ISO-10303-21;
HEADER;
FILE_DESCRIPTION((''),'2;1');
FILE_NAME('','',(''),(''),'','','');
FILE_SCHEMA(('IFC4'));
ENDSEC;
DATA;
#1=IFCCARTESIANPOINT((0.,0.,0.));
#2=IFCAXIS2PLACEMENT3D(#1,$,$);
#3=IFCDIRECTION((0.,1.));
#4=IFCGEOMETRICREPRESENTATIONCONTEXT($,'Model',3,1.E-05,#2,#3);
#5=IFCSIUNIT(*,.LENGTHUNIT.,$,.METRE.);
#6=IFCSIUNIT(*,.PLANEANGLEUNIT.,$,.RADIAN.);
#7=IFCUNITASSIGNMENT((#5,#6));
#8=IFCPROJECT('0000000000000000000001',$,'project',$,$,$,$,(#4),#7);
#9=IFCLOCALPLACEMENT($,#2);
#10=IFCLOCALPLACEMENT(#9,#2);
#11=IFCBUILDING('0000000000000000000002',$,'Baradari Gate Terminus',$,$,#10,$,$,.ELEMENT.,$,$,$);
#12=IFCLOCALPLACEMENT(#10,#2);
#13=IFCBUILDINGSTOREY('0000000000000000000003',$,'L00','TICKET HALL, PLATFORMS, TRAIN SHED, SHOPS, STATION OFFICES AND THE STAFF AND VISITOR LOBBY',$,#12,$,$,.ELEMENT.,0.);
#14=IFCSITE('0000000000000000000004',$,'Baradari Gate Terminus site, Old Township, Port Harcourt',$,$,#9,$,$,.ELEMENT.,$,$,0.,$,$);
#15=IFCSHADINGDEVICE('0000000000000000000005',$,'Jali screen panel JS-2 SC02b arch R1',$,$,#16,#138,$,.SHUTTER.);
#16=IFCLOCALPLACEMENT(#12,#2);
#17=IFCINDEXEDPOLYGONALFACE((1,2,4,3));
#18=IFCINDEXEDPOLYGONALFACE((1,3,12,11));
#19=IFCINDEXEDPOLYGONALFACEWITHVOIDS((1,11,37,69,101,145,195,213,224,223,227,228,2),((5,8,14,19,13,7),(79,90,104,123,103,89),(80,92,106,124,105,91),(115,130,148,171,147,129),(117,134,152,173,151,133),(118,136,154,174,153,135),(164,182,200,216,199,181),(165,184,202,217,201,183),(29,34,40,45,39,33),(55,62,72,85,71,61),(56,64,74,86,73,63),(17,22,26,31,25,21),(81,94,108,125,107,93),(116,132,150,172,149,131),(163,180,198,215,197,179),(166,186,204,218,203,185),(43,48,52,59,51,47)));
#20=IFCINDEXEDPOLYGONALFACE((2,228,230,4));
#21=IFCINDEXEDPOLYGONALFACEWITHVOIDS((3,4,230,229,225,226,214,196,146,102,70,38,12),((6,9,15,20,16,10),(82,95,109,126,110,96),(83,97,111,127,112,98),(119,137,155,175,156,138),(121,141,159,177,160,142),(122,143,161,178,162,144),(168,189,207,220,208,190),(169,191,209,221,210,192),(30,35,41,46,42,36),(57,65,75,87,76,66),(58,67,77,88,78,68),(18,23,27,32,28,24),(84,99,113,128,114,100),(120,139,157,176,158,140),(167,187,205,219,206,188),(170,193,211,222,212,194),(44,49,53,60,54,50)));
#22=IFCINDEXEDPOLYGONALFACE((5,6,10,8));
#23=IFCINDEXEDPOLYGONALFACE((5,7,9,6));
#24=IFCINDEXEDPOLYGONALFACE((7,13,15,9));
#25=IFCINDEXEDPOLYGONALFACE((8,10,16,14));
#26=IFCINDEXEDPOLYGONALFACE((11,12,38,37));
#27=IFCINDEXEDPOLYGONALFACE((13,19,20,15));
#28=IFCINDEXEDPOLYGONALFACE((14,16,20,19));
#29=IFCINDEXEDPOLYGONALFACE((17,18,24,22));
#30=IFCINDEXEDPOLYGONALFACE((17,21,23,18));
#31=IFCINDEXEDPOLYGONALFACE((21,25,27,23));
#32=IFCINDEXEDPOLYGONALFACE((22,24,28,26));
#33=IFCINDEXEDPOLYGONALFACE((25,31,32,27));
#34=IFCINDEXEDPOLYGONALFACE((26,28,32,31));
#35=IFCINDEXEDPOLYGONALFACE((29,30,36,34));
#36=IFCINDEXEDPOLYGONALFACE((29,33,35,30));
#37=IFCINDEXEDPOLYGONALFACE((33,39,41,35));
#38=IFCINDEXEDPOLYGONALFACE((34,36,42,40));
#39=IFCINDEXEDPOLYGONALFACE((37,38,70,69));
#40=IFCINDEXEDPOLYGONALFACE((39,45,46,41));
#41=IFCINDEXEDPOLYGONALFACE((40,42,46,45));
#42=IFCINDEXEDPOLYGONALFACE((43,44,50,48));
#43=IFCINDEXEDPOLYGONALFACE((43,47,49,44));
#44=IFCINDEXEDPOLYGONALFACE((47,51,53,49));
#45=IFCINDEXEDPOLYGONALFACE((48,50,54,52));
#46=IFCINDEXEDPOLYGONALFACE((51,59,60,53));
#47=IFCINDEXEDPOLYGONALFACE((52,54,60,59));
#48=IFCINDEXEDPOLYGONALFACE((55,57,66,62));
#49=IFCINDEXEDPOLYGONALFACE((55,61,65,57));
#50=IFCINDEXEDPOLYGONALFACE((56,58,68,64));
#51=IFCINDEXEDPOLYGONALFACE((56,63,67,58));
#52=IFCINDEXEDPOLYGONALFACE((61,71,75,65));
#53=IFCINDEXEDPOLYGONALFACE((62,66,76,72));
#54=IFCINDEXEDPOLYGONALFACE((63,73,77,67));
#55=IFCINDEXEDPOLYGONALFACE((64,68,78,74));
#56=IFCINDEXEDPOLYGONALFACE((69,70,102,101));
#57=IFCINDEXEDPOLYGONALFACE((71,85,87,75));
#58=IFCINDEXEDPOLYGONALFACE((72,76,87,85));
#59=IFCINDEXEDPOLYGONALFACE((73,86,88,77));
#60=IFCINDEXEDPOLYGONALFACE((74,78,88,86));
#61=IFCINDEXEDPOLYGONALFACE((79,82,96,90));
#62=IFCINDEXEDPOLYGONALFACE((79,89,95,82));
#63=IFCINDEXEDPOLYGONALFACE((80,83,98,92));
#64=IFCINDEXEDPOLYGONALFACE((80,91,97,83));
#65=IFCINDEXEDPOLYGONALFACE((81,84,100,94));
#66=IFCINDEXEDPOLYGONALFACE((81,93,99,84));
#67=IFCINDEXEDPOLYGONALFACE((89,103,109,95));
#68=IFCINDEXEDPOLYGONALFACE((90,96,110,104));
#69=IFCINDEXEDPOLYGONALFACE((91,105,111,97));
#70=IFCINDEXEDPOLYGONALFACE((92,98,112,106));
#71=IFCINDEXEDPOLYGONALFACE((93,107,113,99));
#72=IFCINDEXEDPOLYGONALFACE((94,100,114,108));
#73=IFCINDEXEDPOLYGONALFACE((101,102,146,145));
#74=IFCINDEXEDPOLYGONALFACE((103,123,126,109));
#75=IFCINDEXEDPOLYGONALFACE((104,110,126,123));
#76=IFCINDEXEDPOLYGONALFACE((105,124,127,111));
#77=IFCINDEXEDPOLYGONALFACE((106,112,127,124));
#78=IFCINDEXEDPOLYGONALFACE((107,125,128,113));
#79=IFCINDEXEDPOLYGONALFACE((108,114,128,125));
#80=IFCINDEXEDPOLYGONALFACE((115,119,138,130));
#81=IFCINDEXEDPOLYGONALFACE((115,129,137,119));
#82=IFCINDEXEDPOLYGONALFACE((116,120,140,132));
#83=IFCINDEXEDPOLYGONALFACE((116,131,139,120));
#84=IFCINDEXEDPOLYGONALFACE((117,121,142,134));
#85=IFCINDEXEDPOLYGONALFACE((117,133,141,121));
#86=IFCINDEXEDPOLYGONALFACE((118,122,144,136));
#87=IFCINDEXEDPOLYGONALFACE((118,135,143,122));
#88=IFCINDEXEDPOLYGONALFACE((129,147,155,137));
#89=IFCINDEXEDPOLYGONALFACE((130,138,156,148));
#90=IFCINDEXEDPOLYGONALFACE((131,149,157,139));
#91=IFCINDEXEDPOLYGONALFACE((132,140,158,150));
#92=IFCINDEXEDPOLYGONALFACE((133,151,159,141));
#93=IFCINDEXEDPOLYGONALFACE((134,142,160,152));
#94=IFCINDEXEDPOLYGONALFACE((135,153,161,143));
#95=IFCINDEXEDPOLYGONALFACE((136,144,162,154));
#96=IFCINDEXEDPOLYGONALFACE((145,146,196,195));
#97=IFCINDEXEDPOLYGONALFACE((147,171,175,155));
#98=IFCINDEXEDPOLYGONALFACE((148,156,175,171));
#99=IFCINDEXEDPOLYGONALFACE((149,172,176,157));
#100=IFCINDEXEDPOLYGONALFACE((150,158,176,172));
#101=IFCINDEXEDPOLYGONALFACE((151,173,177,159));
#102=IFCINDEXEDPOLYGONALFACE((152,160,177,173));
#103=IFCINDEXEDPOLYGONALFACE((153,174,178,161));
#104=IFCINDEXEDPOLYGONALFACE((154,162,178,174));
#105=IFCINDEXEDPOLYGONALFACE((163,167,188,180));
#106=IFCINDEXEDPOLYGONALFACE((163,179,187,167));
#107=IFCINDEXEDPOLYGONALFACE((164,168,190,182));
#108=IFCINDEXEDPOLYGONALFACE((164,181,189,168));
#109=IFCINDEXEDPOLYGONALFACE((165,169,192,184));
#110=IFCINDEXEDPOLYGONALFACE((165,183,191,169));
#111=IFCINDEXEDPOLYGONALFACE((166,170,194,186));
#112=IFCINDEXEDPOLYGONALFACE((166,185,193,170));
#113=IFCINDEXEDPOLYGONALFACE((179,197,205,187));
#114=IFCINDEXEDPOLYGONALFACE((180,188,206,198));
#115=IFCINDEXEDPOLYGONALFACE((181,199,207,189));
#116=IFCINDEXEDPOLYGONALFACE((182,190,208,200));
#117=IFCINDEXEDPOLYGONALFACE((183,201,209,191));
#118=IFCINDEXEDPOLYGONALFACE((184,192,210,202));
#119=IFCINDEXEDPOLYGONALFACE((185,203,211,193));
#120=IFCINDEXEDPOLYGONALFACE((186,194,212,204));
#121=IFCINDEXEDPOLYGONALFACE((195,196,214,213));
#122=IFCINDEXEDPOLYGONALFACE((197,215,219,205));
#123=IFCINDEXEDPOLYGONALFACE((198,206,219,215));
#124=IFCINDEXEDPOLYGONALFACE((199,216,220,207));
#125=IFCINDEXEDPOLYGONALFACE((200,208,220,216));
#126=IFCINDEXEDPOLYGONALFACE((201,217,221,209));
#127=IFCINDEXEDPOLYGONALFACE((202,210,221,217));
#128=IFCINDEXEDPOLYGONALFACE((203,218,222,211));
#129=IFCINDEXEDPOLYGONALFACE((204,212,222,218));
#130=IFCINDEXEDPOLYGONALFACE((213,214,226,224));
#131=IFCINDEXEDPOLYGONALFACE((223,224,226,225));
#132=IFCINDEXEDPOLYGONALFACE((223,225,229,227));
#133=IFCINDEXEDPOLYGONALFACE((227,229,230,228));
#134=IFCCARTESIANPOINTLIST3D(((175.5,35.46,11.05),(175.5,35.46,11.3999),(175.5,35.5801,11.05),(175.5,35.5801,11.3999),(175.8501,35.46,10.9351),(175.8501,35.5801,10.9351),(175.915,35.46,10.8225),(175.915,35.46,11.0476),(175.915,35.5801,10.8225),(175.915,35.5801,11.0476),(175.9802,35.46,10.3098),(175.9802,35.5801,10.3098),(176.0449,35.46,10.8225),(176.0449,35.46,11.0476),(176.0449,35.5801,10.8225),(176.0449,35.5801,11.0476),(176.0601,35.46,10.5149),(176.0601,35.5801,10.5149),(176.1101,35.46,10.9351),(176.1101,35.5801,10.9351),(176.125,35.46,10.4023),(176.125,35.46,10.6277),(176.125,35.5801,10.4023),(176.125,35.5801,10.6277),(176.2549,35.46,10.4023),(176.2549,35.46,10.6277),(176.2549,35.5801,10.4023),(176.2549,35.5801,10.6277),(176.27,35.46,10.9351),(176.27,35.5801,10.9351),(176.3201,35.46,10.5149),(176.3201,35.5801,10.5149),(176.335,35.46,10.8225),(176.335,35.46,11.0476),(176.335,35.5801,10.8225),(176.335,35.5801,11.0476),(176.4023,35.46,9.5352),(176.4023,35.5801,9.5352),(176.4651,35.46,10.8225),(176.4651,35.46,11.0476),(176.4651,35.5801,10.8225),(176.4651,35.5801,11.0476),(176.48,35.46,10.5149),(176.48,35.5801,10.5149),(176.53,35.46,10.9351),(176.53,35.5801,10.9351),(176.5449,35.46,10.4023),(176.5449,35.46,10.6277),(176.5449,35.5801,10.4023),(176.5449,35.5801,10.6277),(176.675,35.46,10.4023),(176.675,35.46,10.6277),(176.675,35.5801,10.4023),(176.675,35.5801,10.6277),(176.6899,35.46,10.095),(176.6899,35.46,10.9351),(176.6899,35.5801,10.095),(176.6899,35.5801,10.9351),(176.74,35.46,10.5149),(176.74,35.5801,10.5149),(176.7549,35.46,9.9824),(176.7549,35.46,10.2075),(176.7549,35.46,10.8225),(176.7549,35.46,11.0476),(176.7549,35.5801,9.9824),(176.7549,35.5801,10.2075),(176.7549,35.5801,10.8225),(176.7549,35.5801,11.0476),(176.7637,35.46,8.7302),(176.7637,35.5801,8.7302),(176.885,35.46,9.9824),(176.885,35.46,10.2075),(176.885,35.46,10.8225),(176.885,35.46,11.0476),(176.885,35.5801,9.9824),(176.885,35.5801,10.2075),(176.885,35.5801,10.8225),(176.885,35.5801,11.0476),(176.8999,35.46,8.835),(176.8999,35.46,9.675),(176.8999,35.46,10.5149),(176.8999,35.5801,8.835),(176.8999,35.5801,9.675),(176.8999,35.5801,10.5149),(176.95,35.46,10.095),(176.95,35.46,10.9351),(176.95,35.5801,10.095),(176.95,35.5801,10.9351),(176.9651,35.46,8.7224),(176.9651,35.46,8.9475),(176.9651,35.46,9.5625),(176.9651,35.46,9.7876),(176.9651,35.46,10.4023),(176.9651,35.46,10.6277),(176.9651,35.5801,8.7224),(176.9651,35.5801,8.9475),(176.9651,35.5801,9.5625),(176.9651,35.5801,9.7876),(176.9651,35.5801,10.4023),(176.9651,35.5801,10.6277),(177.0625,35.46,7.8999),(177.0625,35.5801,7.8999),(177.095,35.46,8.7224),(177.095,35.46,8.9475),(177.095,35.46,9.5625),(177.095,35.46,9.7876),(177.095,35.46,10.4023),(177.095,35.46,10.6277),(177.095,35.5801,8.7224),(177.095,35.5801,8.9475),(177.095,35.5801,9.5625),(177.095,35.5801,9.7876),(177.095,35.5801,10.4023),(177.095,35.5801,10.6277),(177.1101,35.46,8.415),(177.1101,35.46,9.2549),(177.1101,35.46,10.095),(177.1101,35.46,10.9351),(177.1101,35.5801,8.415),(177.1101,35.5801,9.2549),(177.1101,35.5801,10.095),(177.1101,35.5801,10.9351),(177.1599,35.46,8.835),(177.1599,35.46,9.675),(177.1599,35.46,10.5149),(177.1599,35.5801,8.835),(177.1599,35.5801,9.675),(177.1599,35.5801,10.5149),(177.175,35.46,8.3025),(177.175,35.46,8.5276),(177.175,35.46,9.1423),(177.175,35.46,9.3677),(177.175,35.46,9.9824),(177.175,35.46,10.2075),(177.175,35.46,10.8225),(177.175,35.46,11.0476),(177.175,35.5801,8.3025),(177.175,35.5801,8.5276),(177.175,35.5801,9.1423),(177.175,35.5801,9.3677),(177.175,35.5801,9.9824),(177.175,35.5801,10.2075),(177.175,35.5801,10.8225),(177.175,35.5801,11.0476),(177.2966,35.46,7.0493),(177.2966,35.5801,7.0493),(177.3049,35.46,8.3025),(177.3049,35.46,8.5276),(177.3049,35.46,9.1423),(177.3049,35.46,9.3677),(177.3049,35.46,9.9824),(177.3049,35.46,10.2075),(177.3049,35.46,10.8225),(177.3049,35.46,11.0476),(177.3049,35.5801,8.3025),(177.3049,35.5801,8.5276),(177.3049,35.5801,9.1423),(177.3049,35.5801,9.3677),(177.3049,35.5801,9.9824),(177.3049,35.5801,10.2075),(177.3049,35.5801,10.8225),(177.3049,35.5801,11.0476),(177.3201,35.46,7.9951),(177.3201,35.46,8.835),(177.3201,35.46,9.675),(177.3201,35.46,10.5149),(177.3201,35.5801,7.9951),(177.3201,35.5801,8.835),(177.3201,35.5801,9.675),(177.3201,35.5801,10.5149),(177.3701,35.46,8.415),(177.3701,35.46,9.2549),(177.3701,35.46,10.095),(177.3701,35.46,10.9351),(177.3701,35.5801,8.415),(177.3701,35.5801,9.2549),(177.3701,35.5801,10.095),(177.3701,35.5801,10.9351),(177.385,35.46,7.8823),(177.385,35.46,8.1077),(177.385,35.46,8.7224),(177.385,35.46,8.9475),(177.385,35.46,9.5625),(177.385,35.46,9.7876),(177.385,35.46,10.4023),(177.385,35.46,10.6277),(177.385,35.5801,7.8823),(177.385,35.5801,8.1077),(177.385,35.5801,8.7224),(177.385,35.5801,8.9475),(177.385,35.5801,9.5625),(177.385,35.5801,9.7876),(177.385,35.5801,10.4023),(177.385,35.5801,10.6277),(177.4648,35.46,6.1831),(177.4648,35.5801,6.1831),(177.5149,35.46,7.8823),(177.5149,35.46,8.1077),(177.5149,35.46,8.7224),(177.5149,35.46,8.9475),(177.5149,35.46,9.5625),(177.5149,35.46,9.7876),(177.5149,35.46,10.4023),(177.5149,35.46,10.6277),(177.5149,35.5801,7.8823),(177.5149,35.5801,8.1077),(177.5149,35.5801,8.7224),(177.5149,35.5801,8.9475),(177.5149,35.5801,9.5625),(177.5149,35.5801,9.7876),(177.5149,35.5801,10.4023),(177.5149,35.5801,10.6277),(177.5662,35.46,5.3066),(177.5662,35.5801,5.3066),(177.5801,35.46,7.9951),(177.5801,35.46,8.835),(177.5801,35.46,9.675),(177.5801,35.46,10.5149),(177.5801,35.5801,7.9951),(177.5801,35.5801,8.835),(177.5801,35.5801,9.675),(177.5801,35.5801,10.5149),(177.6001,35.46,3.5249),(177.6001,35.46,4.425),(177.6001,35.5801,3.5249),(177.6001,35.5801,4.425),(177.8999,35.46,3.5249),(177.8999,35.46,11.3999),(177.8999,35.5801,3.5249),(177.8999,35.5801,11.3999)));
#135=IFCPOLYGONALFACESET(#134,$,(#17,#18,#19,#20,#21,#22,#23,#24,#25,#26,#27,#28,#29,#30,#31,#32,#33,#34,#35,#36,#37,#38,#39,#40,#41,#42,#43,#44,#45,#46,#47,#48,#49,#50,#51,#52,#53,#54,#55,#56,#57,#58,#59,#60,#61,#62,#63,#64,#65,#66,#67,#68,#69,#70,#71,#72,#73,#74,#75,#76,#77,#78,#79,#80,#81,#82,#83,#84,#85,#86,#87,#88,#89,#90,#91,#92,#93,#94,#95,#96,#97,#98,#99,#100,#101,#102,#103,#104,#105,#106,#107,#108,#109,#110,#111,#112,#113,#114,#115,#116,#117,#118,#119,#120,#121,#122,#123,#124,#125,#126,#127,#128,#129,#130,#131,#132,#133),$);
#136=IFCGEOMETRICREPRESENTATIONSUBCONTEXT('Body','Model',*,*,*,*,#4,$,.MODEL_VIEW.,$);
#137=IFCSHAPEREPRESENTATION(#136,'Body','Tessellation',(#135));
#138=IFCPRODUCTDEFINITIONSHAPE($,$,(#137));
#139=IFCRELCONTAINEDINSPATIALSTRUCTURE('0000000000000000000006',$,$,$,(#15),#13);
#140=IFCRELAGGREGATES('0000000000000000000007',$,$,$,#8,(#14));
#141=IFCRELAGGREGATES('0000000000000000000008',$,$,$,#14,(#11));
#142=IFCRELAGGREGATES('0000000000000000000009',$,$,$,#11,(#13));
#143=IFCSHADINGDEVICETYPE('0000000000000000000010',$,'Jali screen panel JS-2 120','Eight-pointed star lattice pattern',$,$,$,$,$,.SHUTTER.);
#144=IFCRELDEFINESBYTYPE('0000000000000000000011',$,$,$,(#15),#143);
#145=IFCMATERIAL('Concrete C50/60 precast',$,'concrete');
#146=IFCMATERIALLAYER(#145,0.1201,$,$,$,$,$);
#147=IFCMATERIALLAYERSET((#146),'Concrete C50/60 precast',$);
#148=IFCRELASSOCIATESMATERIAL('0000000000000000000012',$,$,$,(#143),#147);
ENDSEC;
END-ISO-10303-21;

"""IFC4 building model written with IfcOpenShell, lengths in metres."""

from ifc_helpers import new_model, si_unit, direction, frame, origin, place, context, subcontext, project, spatial, polyline, outline, extrude, material, layer, layer_set, type_object, element, save


model = new_model("IFC4")

# Units and contexts
model_context = context("Model", 3, precision=1e-05, world=origin(), true_north=direction((0.0, 1.0)))
body_context = subcontext(model_context, "Body", "Model", "MODEL_VIEW")
ifc_project = project(units=[si_unit("LENGTHUNIT", "METRE"), si_unit("PLANEANGLEUNIT", "RADIAN")], contexts=[model_context])

# Site, building, storey
site_placement = place(None, origin())
site = spatial("IfcSite", under=ifc_project, at=site_placement, Name="Baradari Gate Terminus site, Old Township, Port Harcourt", CompositionType="ELEMENT", RefElevation=0.0)
building_placement = place(site_placement, origin())
building = spatial("IfcBuilding", under=site, at=building_placement, Name="Baradari Gate Terminus", CompositionType="ELEMENT")
storey_placement = place(building_placement, origin())
storey = spatial("IfcBuildingStorey", under=building, at=storey_placement, Name="L00", Description="TICKET HALL, PLATFORMS, TRAIN SHED, SHOPS, STATION OFFICES AND THE STAFF AND VISITOR LOBBY", CompositionType="ELEMENT", Elevation=0.0)

# Shading device
ifc_material_1 = material(Name="Concrete C50/60 precast", Category="concrete")
ifc_layer_1 = layer(ifc_material_1, 0.1201)
ifc_layer_set_1 = layer_set([ifc_layer_1], Name="Concrete C50/60 precast")
shading_device_type = type_object("IfcShadingDeviceType", Name="Jali screen panel JS-2 120", Description="Eight-pointed star lattice pattern", PredefinedType="SHUTTER", material=ifc_layer_set_1)
shading_device_1_placement = place(storey_placement, frame((175.5, 35.52, 3.5249), z_axis=(0.0, 0.0, 1.0), x_axis=(1.0, 0.0, 0.0)))
element("IfcShadingDevice", 1, at=shading_device_1_placement, inside=storey, type_object=shading_device_type, Name="Jali screen panel JS-2 SC02b arch R1", PredefinedType="SHUTTER", context=body_context, shape_type="SweptSolid", body=[
    extrude(outline(polyline([(0.0, 7.875), (0.0, 7.5251), (0.4802, 6.7849), (0.9023, 6.0103), (1.2637, 5.2053), (1.5625, 4.375), (1.7966, 3.5244), (1.9648, 2.6582), (2.0662, 1.7817), (2.1001, 0.9001), (2.1001, 0.0), (2.3999, 0.0), (2.3999, 7.875), (0.0, 7.875)]), holes=[polyline([(2.0801, 4.4702), (2.0149, 4.3574), (1.885, 4.3574), (1.8201, 4.4702), (1.885, 4.5828), (2.0149, 4.5828), (2.0801, 4.4702)]), polyline([(1.8701, 4.8901), (1.8049, 4.7776), (1.675, 4.7776), (1.6101, 4.8901), (1.675, 5.0027), (1.8049, 5.0027), (1.8701, 4.8901)]), polyline([(1.6599, 5.3101), (1.595, 5.1975), (1.4651, 5.1975), (1.3999, 5.3101), (1.4651, 5.4226), (1.595, 5.4226), (1.6599, 5.3101)]), polyline([(2.0801, 5.3101), (2.0149, 5.1975), (1.885, 5.1975), (1.8201, 5.3101), (1.885, 5.4226), (2.0149, 5.4226), (2.0801, 5.3101)]), polyline([(1.8701, 5.73), (1.8049, 5.6174), (1.675, 5.6174), (1.6101, 5.73), (1.675, 5.8428), (1.8049, 5.8428), (1.8701, 5.73)]), polyline([(1.6599, 6.1501), (1.595, 6.0376), (1.4651, 6.0376), (1.3999, 6.1501), (1.4651, 6.2627), (1.595, 6.2627), (1.6599, 6.1501)]), polyline([(2.0801, 6.1501), (2.0149, 6.0376), (1.885, 6.0376), (1.8201, 6.1501), (1.885, 6.2627), (2.0149, 6.2627), (2.0801, 6.1501)]), polyline([(1.45, 6.5701), (1.385, 6.4575), (1.2549, 6.4575), (1.1899, 6.5701), (1.2549, 6.6826), (1.385, 6.6826), (1.45, 6.5701)]), polyline([(1.8701, 6.5701), (1.8049, 6.4575), (1.675, 6.4575), (1.6101, 6.5701), (1.675, 6.6826), (1.8049, 6.6826), (1.8701, 6.5701)]), polyline([(0.8201, 6.99), (0.7549, 6.8774), (0.625, 6.8774), (0.5601, 6.99), (0.625, 7.1028), (0.7549, 7.1028), (0.8201, 6.99)]), polyline([(1.24, 6.99), (1.175, 6.8774), (1.0449, 6.8774), (0.98, 6.99), (1.0449, 7.1028), (1.175, 7.1028), (1.24, 6.99)]), polyline([(1.6599, 6.99), (1.595, 6.8774), (1.4651, 6.8774), (1.3999, 6.99), (1.4651, 7.1028), (1.595, 7.1028), (1.6599, 6.99)]), polyline([(2.0801, 6.99), (2.0149, 6.8774), (1.885, 6.8774), (1.8201, 6.99), (1.885, 7.1028), (2.0149, 7.1028), (2.0801, 6.99)]), polyline([(0.6101, 7.4102), (0.5449, 7.2976), (0.415, 7.2976), (0.3501, 7.4102), (0.415, 7.5227), (0.5449, 7.5227), (0.6101, 7.4102)]), polyline([(1.03, 7.4102), (0.9651, 7.2976), (0.835, 7.2976), (0.77, 7.4102), (0.835, 7.5227), (0.9651, 7.5227), (1.03, 7.4102)]), polyline([(1.45, 7.4102), (1.385, 7.2976), (1.2549, 7.2976), (1.1899, 7.4102), (1.2549, 7.5227), (1.385, 7.5227), (1.45, 7.4102)]), polyline([(1.8701, 7.4102), (1.8049, 7.2976), (1.675, 7.2976), (1.6101, 7.4102), (1.675, 7.5227), (1.8049, 7.5227), (1.8701, 7.4102)])]), frame((0.0, 0.0601, 0.0), z_axis=(0.0, -1.0, 0.0), x_axis=(1.0, 0.0, 0.0)), (0.0, 0.0, 1.0), 0.1201),
])

save(model, "model.ifc")
